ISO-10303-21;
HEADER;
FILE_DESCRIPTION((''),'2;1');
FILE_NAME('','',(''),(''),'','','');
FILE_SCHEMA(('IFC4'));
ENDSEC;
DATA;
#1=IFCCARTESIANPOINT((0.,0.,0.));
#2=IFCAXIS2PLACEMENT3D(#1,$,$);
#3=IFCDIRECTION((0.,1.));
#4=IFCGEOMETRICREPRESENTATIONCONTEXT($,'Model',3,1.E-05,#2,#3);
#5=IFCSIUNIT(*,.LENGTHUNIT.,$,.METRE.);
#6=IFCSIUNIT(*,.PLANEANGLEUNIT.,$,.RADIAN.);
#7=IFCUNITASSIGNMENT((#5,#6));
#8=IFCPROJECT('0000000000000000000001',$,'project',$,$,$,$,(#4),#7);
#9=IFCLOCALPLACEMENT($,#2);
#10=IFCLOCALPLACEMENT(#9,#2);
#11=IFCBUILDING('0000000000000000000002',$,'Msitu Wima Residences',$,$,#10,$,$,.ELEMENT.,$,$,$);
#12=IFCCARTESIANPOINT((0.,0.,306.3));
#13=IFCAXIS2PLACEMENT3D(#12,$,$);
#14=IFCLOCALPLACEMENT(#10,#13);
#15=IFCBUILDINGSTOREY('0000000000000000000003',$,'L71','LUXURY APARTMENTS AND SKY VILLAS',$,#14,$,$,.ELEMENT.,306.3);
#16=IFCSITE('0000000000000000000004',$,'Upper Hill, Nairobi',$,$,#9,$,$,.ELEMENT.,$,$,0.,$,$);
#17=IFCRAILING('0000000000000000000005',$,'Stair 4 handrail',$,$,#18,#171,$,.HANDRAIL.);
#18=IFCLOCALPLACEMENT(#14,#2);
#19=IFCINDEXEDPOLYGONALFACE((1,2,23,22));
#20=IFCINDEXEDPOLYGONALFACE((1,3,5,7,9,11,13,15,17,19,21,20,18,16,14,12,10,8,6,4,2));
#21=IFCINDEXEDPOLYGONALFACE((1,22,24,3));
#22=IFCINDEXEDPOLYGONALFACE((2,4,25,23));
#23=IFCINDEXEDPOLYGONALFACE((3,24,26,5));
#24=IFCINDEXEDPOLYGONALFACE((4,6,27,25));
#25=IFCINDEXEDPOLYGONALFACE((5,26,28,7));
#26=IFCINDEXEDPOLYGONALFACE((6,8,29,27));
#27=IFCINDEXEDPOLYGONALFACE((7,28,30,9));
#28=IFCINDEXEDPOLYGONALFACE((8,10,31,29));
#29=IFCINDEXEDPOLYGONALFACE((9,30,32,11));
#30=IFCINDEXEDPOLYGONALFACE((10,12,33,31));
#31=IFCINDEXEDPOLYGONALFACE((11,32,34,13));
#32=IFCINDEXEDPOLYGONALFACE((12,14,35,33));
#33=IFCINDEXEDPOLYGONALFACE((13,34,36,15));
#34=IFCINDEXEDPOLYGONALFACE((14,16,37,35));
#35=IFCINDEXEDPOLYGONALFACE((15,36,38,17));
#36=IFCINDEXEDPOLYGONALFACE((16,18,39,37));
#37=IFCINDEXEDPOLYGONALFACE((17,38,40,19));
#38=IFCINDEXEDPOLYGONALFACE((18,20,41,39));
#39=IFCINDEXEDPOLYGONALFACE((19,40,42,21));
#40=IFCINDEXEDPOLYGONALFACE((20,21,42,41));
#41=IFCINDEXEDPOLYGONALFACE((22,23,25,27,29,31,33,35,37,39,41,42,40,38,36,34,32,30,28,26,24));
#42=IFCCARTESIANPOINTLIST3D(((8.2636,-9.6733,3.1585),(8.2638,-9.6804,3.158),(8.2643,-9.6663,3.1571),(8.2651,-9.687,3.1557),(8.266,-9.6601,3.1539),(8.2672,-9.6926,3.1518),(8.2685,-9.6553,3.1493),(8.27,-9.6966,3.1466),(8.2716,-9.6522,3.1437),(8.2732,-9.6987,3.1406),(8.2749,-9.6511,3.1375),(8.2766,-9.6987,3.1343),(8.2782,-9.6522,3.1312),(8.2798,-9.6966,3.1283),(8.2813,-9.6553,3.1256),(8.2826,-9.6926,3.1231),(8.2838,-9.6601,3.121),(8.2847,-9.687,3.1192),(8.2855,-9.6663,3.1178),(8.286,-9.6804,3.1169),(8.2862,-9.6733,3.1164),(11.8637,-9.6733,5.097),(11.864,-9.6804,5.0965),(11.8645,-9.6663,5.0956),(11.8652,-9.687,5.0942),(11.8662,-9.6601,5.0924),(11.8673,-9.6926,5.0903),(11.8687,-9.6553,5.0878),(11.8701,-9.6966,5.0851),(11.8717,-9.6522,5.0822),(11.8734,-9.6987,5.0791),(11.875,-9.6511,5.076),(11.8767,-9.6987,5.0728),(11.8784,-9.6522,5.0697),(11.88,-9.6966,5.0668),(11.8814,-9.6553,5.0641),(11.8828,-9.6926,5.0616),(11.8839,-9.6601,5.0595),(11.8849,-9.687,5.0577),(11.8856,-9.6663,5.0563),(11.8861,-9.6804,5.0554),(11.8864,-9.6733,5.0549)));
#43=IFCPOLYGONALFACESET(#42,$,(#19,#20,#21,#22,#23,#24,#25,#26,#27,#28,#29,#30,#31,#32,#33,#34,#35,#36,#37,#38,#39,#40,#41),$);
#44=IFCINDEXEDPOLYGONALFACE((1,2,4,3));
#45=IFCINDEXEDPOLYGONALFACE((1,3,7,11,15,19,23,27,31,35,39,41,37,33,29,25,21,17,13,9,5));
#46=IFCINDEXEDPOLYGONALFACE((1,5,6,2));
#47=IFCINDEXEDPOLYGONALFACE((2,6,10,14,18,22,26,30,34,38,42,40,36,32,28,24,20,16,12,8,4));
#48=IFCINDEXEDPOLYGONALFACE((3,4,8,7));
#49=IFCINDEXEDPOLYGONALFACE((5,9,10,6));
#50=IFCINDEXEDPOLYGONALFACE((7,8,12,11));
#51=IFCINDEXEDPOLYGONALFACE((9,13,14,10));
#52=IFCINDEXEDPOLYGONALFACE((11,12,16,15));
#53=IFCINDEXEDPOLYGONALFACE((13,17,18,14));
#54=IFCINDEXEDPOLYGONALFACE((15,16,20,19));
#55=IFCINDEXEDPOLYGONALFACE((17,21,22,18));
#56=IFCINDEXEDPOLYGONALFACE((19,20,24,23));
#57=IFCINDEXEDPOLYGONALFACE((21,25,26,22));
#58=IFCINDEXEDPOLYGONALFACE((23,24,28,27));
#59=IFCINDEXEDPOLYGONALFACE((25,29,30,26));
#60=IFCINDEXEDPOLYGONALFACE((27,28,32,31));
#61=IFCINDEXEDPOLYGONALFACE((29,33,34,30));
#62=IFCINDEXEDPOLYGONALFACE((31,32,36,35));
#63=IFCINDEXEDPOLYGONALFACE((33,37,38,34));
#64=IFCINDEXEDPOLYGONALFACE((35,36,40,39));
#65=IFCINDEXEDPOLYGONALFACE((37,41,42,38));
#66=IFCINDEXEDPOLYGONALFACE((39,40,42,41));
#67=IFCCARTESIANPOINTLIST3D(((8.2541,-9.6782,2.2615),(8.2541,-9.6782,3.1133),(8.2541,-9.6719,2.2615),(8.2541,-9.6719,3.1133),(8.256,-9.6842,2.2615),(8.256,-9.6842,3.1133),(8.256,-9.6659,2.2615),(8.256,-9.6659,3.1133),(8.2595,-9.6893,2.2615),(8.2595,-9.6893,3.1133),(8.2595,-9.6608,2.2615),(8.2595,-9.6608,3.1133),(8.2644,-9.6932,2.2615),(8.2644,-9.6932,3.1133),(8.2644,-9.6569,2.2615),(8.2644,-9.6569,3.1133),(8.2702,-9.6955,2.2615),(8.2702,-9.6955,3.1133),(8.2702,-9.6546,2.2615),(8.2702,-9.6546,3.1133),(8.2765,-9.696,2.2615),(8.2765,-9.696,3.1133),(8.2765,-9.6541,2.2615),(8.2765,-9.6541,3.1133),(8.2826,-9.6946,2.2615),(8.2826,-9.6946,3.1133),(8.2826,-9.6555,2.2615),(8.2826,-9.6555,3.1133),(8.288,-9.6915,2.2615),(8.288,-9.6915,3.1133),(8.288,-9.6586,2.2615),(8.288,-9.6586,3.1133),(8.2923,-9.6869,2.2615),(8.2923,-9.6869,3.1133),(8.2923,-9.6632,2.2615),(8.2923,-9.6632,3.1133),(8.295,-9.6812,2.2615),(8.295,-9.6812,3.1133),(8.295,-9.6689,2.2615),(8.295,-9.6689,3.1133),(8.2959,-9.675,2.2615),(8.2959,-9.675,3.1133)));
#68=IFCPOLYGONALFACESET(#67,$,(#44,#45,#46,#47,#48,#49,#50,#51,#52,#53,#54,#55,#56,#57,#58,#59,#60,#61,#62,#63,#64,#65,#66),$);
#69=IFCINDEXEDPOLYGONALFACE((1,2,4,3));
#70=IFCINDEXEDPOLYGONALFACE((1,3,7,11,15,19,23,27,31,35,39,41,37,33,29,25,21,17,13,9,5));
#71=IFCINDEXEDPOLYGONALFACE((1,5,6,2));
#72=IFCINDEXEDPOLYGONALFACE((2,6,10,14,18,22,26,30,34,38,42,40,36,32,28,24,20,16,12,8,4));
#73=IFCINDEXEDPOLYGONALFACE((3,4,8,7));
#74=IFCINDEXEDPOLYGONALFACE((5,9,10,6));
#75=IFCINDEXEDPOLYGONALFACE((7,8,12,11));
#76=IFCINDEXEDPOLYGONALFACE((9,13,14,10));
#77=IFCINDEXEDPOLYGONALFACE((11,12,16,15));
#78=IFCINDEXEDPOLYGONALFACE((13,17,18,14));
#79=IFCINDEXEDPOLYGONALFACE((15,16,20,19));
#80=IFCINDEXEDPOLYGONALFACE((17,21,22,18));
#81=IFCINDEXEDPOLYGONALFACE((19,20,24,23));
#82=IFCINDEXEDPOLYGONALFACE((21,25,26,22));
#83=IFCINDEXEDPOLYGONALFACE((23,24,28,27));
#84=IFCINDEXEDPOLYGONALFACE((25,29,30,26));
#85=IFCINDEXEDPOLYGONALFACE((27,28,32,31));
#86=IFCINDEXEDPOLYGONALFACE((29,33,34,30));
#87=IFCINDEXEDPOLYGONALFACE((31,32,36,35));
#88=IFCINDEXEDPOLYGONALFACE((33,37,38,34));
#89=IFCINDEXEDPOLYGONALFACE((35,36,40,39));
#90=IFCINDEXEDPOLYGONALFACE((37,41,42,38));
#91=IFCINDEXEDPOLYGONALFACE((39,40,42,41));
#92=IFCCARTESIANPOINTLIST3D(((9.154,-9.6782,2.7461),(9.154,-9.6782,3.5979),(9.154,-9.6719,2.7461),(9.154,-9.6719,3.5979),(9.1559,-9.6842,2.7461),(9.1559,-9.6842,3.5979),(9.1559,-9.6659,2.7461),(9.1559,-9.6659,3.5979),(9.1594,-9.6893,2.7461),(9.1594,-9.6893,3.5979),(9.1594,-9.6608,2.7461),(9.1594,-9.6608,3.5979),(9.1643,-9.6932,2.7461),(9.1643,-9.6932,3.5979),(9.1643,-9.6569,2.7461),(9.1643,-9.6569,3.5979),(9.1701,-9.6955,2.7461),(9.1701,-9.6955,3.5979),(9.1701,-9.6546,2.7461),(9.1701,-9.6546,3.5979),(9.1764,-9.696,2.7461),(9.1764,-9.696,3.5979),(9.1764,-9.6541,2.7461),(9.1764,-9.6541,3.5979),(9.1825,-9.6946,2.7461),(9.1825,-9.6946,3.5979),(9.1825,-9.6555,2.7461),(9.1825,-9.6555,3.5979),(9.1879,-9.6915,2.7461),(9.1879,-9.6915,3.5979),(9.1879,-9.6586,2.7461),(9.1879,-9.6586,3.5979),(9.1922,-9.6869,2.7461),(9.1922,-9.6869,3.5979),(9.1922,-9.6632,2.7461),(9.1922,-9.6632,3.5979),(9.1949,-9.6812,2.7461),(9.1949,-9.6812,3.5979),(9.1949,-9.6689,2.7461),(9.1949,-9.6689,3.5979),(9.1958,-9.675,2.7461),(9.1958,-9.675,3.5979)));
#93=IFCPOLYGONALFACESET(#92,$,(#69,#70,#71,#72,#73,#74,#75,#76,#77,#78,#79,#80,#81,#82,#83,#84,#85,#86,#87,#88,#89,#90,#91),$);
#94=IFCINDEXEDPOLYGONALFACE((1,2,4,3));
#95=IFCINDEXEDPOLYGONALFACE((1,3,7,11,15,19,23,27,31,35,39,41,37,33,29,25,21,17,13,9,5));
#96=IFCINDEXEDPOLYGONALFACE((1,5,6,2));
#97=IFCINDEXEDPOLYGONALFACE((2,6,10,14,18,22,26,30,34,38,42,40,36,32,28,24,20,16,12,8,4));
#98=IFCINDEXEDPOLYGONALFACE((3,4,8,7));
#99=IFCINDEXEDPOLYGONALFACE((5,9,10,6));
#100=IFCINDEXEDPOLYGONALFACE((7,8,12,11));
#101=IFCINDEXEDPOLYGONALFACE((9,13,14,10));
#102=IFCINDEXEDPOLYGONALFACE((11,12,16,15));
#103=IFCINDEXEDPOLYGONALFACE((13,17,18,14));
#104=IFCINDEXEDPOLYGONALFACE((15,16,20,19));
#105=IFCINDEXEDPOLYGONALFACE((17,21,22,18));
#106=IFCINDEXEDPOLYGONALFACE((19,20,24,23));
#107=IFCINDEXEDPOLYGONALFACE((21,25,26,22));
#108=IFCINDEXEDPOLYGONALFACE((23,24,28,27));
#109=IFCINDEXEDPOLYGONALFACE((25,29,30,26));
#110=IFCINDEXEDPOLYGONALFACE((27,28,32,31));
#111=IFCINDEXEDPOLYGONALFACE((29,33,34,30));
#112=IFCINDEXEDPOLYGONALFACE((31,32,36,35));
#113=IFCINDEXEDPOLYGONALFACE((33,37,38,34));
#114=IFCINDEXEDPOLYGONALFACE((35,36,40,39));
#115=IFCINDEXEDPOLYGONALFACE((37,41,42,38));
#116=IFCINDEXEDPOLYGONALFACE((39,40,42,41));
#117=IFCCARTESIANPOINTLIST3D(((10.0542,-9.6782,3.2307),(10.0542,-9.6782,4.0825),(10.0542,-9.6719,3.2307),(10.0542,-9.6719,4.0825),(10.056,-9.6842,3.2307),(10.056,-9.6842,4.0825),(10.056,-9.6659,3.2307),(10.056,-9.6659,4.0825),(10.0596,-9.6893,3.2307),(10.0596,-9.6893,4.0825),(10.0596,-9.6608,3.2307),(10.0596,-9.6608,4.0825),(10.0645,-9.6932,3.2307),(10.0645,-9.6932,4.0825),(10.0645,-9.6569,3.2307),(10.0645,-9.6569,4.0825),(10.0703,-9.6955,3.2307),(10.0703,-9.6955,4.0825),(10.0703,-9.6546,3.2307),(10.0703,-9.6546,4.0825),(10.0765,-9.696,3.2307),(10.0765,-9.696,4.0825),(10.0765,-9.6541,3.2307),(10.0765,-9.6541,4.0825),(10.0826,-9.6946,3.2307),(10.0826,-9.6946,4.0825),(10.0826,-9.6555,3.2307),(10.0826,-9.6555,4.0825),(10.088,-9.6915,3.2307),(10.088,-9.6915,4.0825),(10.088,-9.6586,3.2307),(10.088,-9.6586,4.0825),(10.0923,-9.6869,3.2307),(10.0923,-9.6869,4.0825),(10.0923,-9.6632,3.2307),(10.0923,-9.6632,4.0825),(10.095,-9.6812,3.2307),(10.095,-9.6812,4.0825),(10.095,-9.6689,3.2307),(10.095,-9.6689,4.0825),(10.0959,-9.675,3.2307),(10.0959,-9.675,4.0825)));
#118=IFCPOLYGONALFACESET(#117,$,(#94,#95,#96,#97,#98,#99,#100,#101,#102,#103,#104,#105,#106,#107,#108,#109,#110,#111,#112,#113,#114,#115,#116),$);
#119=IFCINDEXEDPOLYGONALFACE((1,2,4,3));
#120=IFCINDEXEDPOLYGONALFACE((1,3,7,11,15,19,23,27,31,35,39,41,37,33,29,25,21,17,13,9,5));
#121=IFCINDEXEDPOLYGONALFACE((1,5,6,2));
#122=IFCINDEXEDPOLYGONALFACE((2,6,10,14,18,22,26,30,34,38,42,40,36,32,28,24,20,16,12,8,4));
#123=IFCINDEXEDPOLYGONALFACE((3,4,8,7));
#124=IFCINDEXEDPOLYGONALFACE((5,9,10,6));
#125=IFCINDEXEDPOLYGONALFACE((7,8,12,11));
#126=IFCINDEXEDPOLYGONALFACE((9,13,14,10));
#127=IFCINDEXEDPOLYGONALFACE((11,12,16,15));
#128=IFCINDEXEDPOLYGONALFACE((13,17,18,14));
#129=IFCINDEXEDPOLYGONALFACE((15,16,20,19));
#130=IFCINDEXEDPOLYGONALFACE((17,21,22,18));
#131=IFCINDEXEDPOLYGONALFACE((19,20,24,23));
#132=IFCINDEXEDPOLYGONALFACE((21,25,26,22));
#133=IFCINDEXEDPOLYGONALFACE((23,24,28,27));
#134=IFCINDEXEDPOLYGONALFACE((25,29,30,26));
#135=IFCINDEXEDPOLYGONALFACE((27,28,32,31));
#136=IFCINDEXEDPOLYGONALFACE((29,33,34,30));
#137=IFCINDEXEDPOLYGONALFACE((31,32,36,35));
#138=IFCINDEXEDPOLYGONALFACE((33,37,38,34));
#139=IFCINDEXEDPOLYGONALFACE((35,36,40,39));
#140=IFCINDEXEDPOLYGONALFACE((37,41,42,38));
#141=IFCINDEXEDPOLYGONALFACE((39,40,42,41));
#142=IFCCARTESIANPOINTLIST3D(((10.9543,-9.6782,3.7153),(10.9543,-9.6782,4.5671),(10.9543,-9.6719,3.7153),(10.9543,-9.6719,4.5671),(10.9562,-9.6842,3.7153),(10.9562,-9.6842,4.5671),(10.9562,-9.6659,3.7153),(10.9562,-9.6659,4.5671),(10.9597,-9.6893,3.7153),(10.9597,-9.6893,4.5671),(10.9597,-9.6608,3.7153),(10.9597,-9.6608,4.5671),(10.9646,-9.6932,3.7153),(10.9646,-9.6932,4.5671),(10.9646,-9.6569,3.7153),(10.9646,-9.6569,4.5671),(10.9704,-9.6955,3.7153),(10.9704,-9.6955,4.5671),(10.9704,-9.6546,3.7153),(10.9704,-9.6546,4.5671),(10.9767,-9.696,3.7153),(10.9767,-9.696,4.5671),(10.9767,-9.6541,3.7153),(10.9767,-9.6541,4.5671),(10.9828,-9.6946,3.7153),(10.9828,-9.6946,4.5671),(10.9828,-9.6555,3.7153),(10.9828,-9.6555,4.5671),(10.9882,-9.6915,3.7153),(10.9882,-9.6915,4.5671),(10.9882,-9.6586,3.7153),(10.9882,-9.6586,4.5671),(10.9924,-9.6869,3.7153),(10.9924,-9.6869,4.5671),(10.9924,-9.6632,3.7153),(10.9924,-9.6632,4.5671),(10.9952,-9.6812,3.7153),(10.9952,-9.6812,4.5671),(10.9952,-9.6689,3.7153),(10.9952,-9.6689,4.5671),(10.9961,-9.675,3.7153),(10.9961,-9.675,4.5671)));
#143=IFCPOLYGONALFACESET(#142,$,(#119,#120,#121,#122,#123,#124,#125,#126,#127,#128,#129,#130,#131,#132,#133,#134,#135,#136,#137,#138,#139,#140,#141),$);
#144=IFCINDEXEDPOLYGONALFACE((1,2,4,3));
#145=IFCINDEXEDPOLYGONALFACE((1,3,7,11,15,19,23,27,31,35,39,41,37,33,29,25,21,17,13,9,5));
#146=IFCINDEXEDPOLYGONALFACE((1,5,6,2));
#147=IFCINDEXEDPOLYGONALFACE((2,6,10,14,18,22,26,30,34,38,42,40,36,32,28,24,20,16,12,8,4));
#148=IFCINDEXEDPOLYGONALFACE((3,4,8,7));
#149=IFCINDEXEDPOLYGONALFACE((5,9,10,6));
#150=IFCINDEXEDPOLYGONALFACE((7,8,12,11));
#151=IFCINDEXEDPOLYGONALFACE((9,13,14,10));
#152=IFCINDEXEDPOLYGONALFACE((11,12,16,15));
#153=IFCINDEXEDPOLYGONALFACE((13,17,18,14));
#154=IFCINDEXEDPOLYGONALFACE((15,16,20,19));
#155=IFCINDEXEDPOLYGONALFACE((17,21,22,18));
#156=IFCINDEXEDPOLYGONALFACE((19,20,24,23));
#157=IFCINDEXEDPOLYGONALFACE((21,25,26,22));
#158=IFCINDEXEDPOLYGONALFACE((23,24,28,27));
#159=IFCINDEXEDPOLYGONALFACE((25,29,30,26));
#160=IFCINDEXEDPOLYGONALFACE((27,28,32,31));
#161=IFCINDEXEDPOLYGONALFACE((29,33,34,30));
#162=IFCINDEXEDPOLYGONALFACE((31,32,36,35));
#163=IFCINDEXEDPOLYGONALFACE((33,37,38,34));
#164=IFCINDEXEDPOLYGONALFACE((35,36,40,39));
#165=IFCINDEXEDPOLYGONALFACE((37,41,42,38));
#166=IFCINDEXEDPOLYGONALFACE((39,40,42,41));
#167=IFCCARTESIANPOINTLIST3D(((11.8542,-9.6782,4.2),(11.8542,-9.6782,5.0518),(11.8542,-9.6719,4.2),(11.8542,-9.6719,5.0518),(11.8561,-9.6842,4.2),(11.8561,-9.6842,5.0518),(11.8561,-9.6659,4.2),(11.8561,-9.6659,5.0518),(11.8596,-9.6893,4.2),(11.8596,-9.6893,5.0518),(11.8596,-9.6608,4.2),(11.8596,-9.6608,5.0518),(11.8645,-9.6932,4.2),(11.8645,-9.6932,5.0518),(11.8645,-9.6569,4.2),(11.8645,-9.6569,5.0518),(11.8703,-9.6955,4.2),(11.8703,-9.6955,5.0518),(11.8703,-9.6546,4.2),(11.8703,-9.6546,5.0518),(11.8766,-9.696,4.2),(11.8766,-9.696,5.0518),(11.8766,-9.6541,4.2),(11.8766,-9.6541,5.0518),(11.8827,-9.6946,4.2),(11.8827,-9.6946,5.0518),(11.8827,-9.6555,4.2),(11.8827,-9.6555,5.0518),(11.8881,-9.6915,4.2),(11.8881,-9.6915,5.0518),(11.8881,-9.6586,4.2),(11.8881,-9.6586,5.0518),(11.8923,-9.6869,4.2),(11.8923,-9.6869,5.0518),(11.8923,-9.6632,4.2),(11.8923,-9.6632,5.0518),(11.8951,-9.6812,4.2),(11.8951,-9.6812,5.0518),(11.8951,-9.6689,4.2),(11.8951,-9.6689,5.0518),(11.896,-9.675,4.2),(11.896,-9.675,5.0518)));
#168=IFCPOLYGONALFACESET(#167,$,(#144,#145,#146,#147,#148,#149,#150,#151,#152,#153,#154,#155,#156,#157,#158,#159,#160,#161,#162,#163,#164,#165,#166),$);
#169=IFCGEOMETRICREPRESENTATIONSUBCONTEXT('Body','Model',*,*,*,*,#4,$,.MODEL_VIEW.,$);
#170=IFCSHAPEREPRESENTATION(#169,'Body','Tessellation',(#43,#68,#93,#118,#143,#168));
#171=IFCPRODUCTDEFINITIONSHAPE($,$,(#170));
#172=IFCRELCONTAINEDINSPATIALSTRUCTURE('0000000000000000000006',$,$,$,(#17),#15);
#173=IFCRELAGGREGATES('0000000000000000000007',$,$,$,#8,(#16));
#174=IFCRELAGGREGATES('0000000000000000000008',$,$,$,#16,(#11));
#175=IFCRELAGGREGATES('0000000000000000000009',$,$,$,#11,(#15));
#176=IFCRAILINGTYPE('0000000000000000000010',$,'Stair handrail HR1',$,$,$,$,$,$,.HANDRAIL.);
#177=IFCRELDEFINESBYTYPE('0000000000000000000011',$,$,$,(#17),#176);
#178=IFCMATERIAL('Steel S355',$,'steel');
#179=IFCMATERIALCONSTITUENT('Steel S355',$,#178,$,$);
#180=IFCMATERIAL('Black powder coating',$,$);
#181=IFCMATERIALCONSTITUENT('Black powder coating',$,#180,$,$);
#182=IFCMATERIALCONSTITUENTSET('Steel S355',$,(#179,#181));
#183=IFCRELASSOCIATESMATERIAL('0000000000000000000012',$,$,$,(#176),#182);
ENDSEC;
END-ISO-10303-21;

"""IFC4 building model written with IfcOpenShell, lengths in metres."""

from ifc_helpers import new_model, si_unit, direction, frame, origin, origin_2d, place, context, subcontext, project, spatial, circle, extrude, material, constituent, constituent_set, type_object, element, save


model = new_model("IFC4")

# Units and contexts
model_context = context("Model", 3, precision=1e-05, world=origin(), true_north=direction((0.0, 1.0)))
body_context = subcontext(model_context, "Body", "Model", "MODEL_VIEW")
ifc_project = project(units=[si_unit("LENGTHUNIT", "METRE"), si_unit("PLANEANGLEUNIT", "RADIAN")], contexts=[model_context])

# Site, building, storey
site_placement = place(None, origin())
site = spatial("IfcSite", under=ifc_project, at=site_placement, Name="Upper Hill, Nairobi", CompositionType="ELEMENT", RefElevation=0.0)
building_placement = place(site_placement, origin())
building = spatial("IfcBuilding", under=site, at=building_placement, Name="Msitu Wima Residences", CompositionType="ELEMENT")
storey_placement = place(building_placement, frame((0.0, 0.0, 306.3)))
storey = spatial("IfcBuildingStorey", under=building, at=storey_placement, Name="L71", Description="LUXURY APARTMENTS AND SKY VILLAS", CompositionType="ELEMENT", Elevation=306.3)

# Railing
ifc_material_1 = material(Name="Steel S355", Category="steel")
ifc_constituent_1 = constituent(ifc_material_1, Name="Steel S355")
ifc_material_2 = material(Name="Black powder coating")
ifc_constituent_2 = constituent(ifc_material_2, Name="Black powder coating")
ifc_constituent_set = constituent_set(constituents=[ifc_constituent_1, ifc_constituent_2], Name="Steel S355")
railing_type = type_object("IfcRailingType", Name="Stair handrail HR1", PredefinedType="HANDRAIL", material=ifc_constituent_set)
for number, where, name in (
    (1, (8.2749, -9.675, 2.2615), "Stair 4 handrail"),
):
    element("IfcRailing", number, at=place(storey_placement, frame(where)), inside=storey, type_object=railing_type, Name=name, PredefinedType="HANDRAIL", context=body_context, shape_type="SweptSolid", body=[
        extrude(circle(Radius=0.0239, at=origin_2d()), frame((0.0, 0.0, 0.876), z_axis=(0.880475, 0.0, 0.474093), x_axis=(0.0, 1.0, 0.0)), (0.0, 0.0, 1.0), 4.0889),
        extrude(circle(Radius=0.021, at=origin_2d()), origin(), (0.0, 0.0, 1.0), 0.8518),
        extrude(circle(Radius=0.021, at=origin_2d()), frame((0.8999, 0.0, 0.4846)), (0.0, 0.0, 1.0), 0.8518),
        extrude(circle(Radius=0.021, at=origin_2d()), frame((1.8, 0.0, 0.9692)), (0.0, 0.0, 1.0), 0.8518),
        extrude(circle(Radius=0.021, at=origin_2d()), frame((2.7002, 0.0, 1.4539)), (0.0, 0.0, 1.0), 0.8518),
        extrude(circle(Radius=0.021, at=origin_2d()), frame((3.6001, 0.0, 1.9385)), (0.0, 0.0, 1.0), 0.8518),
    ])

save(model, "model.ifc")
